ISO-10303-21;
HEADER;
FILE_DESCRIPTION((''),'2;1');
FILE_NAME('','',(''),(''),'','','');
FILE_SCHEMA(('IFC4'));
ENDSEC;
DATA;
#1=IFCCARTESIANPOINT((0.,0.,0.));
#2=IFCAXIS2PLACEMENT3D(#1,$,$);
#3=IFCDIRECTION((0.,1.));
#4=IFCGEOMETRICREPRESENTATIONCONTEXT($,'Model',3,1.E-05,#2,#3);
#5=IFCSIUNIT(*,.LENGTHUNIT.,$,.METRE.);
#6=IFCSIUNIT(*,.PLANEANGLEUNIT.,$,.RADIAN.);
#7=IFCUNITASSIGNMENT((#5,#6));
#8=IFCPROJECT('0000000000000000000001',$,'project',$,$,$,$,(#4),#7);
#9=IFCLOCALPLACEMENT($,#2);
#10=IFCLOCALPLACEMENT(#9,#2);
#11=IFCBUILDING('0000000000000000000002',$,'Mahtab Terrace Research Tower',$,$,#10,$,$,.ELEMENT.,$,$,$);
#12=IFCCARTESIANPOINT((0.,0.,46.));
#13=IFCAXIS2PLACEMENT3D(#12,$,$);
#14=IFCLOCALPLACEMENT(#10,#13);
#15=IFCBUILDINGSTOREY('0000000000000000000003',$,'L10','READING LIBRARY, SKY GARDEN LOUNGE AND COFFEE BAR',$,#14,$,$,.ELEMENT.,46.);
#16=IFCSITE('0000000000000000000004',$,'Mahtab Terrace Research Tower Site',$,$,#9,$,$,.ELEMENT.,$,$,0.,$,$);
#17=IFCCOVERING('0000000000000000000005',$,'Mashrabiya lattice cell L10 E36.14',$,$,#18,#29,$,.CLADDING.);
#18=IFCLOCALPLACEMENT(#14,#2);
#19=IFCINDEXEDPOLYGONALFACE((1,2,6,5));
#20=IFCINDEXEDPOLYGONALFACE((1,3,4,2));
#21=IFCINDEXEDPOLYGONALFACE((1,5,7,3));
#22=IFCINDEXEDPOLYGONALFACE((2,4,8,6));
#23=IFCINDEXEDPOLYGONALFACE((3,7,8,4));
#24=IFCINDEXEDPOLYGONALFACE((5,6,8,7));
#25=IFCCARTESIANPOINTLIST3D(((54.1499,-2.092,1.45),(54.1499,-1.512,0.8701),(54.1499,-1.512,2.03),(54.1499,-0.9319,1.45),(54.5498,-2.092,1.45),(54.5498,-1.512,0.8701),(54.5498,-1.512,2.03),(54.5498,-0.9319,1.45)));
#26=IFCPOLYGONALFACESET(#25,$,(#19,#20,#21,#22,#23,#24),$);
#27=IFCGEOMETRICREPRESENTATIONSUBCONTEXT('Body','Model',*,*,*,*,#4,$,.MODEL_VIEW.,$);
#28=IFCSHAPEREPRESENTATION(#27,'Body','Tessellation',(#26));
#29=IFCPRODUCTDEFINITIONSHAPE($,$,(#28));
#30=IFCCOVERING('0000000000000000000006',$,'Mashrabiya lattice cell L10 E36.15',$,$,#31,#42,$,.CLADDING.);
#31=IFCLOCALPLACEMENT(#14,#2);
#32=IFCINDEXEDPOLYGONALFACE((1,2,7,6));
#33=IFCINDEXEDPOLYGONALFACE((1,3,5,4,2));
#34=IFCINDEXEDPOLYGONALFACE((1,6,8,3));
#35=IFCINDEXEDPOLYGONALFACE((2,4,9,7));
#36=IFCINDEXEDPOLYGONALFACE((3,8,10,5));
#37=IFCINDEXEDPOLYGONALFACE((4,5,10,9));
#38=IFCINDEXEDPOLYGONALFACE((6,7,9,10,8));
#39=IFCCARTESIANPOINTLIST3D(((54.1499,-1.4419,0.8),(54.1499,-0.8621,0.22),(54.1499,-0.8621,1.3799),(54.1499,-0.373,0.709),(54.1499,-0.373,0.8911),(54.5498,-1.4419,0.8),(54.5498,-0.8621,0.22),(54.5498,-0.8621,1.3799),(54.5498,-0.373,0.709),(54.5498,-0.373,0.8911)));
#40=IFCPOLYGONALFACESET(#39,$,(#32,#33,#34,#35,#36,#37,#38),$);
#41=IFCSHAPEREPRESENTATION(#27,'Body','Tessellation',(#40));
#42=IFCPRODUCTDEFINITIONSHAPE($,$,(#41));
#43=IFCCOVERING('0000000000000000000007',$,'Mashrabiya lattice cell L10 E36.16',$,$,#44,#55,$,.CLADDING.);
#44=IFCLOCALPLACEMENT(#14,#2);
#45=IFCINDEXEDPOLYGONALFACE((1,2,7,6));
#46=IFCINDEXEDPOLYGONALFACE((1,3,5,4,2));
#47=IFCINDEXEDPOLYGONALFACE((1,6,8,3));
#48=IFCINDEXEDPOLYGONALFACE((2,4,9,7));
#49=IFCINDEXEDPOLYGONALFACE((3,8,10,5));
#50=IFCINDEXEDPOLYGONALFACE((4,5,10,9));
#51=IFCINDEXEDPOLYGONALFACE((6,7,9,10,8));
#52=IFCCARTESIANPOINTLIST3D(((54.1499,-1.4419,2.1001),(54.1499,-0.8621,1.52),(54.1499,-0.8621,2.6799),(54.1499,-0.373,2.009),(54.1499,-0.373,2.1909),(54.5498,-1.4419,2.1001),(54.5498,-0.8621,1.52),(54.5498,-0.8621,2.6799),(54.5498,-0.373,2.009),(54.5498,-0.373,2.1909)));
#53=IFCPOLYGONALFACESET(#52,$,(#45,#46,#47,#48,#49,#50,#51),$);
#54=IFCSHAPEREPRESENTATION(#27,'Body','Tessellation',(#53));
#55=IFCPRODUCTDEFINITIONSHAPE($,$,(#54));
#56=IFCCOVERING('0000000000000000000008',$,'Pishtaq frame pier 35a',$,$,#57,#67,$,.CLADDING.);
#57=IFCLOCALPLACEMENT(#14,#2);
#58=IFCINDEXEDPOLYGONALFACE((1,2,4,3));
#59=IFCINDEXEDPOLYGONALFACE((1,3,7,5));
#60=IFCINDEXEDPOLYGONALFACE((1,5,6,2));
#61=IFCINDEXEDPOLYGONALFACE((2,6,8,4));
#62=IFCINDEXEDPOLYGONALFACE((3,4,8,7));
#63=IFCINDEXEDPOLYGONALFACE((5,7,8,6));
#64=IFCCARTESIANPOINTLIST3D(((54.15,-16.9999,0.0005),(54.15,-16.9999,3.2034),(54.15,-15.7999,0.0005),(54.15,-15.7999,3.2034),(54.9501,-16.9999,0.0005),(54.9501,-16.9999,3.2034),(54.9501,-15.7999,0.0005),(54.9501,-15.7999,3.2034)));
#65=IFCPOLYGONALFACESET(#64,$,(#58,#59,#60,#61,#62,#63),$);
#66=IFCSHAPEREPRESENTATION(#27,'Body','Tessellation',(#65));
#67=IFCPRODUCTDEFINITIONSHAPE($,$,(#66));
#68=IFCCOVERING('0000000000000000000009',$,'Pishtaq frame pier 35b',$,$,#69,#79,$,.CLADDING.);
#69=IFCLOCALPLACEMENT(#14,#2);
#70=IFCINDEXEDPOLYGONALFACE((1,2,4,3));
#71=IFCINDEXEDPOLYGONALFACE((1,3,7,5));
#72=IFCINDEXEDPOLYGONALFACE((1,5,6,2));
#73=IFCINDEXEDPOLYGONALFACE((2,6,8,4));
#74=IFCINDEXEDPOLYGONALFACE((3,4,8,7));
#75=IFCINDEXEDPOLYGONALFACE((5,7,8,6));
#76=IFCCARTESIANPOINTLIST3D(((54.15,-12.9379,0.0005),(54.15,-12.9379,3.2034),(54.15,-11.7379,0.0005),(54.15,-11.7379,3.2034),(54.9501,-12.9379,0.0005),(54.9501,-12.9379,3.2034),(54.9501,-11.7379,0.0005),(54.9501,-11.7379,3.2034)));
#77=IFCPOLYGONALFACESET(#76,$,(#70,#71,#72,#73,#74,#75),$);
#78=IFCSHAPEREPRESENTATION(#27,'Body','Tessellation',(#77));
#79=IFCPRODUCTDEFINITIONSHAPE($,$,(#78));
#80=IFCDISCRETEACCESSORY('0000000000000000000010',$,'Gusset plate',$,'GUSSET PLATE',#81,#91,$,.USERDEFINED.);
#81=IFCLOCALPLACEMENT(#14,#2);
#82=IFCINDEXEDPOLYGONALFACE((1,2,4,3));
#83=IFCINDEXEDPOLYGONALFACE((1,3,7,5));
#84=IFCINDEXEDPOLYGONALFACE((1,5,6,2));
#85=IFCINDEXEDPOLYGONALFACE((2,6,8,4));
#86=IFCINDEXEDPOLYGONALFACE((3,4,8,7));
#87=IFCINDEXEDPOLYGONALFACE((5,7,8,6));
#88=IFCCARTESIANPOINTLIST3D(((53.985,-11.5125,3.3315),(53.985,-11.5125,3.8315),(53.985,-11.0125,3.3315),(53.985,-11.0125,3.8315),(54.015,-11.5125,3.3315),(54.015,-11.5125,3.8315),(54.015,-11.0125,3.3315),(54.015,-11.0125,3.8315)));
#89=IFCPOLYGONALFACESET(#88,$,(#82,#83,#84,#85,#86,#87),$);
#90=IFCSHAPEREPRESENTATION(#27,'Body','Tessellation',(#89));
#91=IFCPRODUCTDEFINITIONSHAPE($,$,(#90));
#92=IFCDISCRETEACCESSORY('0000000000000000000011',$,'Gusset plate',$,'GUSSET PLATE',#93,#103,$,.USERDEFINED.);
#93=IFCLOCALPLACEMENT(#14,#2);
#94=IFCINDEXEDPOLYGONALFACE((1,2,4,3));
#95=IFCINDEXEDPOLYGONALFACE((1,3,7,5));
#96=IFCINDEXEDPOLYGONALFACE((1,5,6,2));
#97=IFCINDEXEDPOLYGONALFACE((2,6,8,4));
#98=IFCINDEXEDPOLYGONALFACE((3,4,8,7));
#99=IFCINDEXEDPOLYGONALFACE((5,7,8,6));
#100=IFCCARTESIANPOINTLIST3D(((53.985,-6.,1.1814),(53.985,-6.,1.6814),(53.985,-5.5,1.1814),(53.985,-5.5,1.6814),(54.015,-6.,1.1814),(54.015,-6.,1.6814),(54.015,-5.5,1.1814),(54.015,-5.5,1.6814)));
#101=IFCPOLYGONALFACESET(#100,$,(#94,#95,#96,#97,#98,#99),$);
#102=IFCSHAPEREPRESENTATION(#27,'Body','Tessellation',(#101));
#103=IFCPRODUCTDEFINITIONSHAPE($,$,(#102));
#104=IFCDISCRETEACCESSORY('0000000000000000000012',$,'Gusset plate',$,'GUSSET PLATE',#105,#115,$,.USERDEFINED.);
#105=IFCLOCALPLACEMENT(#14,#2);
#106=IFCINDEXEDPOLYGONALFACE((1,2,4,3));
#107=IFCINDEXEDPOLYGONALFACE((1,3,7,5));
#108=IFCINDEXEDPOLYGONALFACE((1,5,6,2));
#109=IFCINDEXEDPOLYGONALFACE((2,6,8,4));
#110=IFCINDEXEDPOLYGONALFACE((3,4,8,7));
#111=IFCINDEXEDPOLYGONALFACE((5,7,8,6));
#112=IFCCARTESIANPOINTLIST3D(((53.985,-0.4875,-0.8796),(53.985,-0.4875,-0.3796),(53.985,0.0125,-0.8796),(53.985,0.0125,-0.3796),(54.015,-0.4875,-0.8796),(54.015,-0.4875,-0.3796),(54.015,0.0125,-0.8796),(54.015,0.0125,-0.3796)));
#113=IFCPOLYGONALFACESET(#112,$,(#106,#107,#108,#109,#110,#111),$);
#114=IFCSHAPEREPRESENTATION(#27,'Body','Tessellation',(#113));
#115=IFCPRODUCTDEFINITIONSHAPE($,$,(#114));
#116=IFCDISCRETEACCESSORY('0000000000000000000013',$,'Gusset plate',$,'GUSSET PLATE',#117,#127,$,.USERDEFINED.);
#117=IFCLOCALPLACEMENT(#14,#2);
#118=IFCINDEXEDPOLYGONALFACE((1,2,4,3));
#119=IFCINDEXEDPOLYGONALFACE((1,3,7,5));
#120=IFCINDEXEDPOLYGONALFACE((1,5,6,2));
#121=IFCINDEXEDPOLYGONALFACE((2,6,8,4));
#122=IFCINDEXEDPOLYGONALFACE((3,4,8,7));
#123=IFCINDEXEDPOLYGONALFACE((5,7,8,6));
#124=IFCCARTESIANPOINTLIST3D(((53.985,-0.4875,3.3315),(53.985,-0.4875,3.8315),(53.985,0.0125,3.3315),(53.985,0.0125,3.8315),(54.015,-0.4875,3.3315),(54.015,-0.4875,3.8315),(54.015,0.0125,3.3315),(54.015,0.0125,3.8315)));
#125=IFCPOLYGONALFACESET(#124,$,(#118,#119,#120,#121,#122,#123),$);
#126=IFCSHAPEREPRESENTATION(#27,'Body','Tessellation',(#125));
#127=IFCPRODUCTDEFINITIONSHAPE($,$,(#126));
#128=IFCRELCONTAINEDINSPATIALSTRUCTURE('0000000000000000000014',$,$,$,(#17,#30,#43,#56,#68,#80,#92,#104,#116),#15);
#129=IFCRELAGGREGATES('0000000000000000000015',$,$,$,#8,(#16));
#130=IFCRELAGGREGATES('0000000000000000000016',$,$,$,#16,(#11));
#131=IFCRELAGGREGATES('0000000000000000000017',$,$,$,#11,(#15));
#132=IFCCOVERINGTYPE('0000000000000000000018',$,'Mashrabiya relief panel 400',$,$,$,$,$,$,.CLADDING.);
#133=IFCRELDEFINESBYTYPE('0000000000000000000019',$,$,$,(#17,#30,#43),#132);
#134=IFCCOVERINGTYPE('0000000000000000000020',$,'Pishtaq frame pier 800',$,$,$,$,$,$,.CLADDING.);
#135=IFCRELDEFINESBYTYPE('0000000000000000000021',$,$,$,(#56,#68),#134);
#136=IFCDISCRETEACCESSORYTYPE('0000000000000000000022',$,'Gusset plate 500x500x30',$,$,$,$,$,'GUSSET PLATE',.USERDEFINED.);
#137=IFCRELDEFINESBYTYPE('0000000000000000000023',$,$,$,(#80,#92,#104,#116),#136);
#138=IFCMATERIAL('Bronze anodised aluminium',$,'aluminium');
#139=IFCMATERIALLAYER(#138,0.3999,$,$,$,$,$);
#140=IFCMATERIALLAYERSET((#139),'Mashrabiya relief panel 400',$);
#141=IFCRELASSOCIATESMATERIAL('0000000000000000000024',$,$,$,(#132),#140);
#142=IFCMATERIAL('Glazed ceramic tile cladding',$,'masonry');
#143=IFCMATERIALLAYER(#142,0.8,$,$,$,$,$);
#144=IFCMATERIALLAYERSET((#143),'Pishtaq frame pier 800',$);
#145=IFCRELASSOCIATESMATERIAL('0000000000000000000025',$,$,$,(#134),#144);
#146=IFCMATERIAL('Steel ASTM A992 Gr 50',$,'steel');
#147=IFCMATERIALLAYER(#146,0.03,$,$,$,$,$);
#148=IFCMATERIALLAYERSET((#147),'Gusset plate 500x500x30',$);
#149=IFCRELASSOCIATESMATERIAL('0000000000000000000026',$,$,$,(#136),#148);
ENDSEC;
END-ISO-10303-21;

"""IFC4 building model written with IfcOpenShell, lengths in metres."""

from ifc_helpers import new_model, si_unit, direction, frame, origin, origin_2d, place, context, subcontext, project, spatial, polyline, rectangle, outline, extrude, material, layer, layer_set, type_object, element, save


model = new_model("IFC4")

# Units and contexts
model_context = context("Model", 3, precision=1e-05, world=origin(), true_north=direction((0.0, 1.0)))
body_context = subcontext(model_context, "Body", "Model", "MODEL_VIEW")
ifc_project = project(units=[si_unit("LENGTHUNIT", "METRE"), si_unit("PLANEANGLEUNIT", "RADIAN")], contexts=[model_context])

# Site, building, storey
site_placement = place(None, origin())
site = spatial("IfcSite", under=ifc_project, at=site_placement, Name="Mahtab Terrace Research Tower Site", CompositionType="ELEMENT", RefElevation=0.0)
building_placement = place(site_placement, origin())
building = spatial("IfcBuilding", under=site, at=building_placement, Name="Mahtab Terrace Research Tower", CompositionType="ELEMENT")
storey_placement = place(building_placement, frame((0.0, 0.0, 46.0)))
storey = spatial("IfcBuildingStorey", under=building, at=storey_placement, Name="L10", Description="READING LIBRARY, SKY GARDEN LOUNGE AND COFFEE BAR", CompositionType="ELEMENT", Elevation=46.0)

# Coverings
ifc_material_1 = material(Name="Bronze anodised aluminium", Category="aluminium")
ifc_layer_1 = layer(ifc_material_1, 0.3999)
ifc_layer_set_1 = layer_set([ifc_layer_1], Name="Mashrabiya relief panel 400")
covering_type_1 = type_object("IfcCoveringType", Name="Mashrabiya relief panel 400", PredefinedType="CLADDING", material=ifc_layer_set_1)
covering_1_placement = place(storey_placement, frame((54.1499, -1.512, 2.03), z_axis=(-1.0, 0.0, 0.0), x_axis=(0.0, 0.707107, -0.707107)))
element("IfcCovering", 1, at=covering_1_placement, inside=storey, type_object=covering_type_1, Name="Mashrabiya lattice cell L10 E36.14", PredefinedType="CLADDING", context=body_context, shape_type="SweptSolid", body=[
    extrude(outline(polyline([(0.0, 0.0), (0.8204, 0.0), (0.8202, 0.8202), (0.0, 0.8204), (0.0, 0.0)])), origin(), (0.0, 0.0, -1.0), 0.3999),
])
covering_2_placement = place(storey_placement, frame((54.1499, -0.8621, 0.22), z_axis=(-1.0, 0.0, 0.0), x_axis=(0.0, -0.706958, 0.707256)))
element("IfcCovering", 2, at=covering_2_placement, inside=storey, type_object=covering_type_1, Name="Mashrabiya lattice cell L10 E36.15", PredefinedType="CLADDING", context=body_context, shape_type="SweptSolid", body=[
    extrude(outline(polyline([(0.0, 0.0), (0.8202, 0.0), (0.8204, 0.82), (0.129, 0.8203), (0.0001, 0.6916), (0.0, 0.0)])), origin(), (0.0, 0.0, -1.0), 0.3999),
])
covering_3_placement = place(storey_placement, frame((54.1499, -0.8621, 1.52), z_axis=(-1.0, 0.0, 0.0), x_axis=(0.0, -0.706958, 0.707256)))
element("IfcCovering", 3, at=covering_3_placement, inside=storey, type_object=covering_type_1, Name="Mashrabiya lattice cell L10 E36.16", PredefinedType="CLADDING", context=body_context, shape_type="SweptSolid", body=[
    extrude(outline(polyline([(0.0, 0.0), (0.8202, 0.0), (0.8204, 0.82), (0.1288, 0.8202), (0.0001, 0.6916), (0.0, 0.0)])), origin(), (0.0, 0.0, -1.0), 0.3999),
])
ifc_material_2 = material(Name="Glazed ceramic tile cladding", Category="masonry")
ifc_layer_2 = layer(ifc_material_2, 0.8)
ifc_layer_set_2 = layer_set([ifc_layer_2], Name="Pishtaq frame pier 800")
covering_type_2 = type_object("IfcCoveringType", Name="Pishtaq frame pier 800", PredefinedType="CLADDING", material=ifc_layer_set_2)
for number, where, z_axis, x_axis, name in (
    (4, (54.55, -16.3999, 0.0005), (0.0, 0.0, 1.0), (0.0, 1.0, 0.0), "Pishtaq frame pier 35a"),
    (5, (54.55, -12.3379, 0.0005), (0.0, 0.0, 1.0), (0.0, 1.0, 0.0), "Pishtaq frame pier 35b"),
):
    element("IfcCovering", number, at=place(storey_placement, frame(where, z_axis=z_axis, x_axis=x_axis)), inside=storey, type_object=covering_type_2, Name=name, PredefinedType="CLADDING", context=body_context, shape_type="SweptSolid", body=[
        extrude(rectangle(XDim=1.2, YDim=0.8, at=origin_2d()), origin(), (0.0, 0.0, 1.0), 3.2029),
    ])

# Discrete accessories
ifc_material_3 = material(Name="Steel ASTM A992 Gr 50", Category="steel")
ifc_layer_3 = layer(ifc_material_3, 0.03)
ifc_layer_set_3 = layer_set([ifc_layer_3], Name="Gusset plate 500x500x30")
discrete_accessory_type = type_object("IfcDiscreteAccessoryType", Name="Gusset plate 500x500x30", ElementType="GUSSET PLATE", PredefinedType="USERDEFINED", material=ifc_layer_set_3)
for number, where, z_axis, x_axis, name in (
    (6, (54.0, -11.2625, 3.3315), (0.0, 0.0, 1.0), (0.0, 1.0, 0.0), "Gusset plate"),
    (7, (54.0, -5.75, 1.1814), (0.0, 0.0, 1.0), (0.0, 1.0, 0.0), "Gusset plate"),
    (8, (54.0, -0.2375, -0.8796), (0.0, 0.0, 1.0), (0.0, 1.0, 0.0), "Gusset plate"),
    (9, (54.0, -0.2375, 3.3315), (0.0, 0.0, 1.0), (0.0, 1.0, 0.0), "Gusset plate"),
):
    element("IfcDiscreteAccessory", number, at=place(storey_placement, frame(where, z_axis=z_axis, x_axis=x_axis)), inside=storey, type_object=discrete_accessory_type, Name=name, ObjectType="GUSSET PLATE", PredefinedType="USERDEFINED", context=body_context, shape_type="SweptSolid", body=[
        extrude(rectangle(XDim=0.5, YDim=0.03, at=origin_2d()), origin(), (0.0, 0.0, 1.0), 0.5),
    ])

save(model, "model.ifc")
